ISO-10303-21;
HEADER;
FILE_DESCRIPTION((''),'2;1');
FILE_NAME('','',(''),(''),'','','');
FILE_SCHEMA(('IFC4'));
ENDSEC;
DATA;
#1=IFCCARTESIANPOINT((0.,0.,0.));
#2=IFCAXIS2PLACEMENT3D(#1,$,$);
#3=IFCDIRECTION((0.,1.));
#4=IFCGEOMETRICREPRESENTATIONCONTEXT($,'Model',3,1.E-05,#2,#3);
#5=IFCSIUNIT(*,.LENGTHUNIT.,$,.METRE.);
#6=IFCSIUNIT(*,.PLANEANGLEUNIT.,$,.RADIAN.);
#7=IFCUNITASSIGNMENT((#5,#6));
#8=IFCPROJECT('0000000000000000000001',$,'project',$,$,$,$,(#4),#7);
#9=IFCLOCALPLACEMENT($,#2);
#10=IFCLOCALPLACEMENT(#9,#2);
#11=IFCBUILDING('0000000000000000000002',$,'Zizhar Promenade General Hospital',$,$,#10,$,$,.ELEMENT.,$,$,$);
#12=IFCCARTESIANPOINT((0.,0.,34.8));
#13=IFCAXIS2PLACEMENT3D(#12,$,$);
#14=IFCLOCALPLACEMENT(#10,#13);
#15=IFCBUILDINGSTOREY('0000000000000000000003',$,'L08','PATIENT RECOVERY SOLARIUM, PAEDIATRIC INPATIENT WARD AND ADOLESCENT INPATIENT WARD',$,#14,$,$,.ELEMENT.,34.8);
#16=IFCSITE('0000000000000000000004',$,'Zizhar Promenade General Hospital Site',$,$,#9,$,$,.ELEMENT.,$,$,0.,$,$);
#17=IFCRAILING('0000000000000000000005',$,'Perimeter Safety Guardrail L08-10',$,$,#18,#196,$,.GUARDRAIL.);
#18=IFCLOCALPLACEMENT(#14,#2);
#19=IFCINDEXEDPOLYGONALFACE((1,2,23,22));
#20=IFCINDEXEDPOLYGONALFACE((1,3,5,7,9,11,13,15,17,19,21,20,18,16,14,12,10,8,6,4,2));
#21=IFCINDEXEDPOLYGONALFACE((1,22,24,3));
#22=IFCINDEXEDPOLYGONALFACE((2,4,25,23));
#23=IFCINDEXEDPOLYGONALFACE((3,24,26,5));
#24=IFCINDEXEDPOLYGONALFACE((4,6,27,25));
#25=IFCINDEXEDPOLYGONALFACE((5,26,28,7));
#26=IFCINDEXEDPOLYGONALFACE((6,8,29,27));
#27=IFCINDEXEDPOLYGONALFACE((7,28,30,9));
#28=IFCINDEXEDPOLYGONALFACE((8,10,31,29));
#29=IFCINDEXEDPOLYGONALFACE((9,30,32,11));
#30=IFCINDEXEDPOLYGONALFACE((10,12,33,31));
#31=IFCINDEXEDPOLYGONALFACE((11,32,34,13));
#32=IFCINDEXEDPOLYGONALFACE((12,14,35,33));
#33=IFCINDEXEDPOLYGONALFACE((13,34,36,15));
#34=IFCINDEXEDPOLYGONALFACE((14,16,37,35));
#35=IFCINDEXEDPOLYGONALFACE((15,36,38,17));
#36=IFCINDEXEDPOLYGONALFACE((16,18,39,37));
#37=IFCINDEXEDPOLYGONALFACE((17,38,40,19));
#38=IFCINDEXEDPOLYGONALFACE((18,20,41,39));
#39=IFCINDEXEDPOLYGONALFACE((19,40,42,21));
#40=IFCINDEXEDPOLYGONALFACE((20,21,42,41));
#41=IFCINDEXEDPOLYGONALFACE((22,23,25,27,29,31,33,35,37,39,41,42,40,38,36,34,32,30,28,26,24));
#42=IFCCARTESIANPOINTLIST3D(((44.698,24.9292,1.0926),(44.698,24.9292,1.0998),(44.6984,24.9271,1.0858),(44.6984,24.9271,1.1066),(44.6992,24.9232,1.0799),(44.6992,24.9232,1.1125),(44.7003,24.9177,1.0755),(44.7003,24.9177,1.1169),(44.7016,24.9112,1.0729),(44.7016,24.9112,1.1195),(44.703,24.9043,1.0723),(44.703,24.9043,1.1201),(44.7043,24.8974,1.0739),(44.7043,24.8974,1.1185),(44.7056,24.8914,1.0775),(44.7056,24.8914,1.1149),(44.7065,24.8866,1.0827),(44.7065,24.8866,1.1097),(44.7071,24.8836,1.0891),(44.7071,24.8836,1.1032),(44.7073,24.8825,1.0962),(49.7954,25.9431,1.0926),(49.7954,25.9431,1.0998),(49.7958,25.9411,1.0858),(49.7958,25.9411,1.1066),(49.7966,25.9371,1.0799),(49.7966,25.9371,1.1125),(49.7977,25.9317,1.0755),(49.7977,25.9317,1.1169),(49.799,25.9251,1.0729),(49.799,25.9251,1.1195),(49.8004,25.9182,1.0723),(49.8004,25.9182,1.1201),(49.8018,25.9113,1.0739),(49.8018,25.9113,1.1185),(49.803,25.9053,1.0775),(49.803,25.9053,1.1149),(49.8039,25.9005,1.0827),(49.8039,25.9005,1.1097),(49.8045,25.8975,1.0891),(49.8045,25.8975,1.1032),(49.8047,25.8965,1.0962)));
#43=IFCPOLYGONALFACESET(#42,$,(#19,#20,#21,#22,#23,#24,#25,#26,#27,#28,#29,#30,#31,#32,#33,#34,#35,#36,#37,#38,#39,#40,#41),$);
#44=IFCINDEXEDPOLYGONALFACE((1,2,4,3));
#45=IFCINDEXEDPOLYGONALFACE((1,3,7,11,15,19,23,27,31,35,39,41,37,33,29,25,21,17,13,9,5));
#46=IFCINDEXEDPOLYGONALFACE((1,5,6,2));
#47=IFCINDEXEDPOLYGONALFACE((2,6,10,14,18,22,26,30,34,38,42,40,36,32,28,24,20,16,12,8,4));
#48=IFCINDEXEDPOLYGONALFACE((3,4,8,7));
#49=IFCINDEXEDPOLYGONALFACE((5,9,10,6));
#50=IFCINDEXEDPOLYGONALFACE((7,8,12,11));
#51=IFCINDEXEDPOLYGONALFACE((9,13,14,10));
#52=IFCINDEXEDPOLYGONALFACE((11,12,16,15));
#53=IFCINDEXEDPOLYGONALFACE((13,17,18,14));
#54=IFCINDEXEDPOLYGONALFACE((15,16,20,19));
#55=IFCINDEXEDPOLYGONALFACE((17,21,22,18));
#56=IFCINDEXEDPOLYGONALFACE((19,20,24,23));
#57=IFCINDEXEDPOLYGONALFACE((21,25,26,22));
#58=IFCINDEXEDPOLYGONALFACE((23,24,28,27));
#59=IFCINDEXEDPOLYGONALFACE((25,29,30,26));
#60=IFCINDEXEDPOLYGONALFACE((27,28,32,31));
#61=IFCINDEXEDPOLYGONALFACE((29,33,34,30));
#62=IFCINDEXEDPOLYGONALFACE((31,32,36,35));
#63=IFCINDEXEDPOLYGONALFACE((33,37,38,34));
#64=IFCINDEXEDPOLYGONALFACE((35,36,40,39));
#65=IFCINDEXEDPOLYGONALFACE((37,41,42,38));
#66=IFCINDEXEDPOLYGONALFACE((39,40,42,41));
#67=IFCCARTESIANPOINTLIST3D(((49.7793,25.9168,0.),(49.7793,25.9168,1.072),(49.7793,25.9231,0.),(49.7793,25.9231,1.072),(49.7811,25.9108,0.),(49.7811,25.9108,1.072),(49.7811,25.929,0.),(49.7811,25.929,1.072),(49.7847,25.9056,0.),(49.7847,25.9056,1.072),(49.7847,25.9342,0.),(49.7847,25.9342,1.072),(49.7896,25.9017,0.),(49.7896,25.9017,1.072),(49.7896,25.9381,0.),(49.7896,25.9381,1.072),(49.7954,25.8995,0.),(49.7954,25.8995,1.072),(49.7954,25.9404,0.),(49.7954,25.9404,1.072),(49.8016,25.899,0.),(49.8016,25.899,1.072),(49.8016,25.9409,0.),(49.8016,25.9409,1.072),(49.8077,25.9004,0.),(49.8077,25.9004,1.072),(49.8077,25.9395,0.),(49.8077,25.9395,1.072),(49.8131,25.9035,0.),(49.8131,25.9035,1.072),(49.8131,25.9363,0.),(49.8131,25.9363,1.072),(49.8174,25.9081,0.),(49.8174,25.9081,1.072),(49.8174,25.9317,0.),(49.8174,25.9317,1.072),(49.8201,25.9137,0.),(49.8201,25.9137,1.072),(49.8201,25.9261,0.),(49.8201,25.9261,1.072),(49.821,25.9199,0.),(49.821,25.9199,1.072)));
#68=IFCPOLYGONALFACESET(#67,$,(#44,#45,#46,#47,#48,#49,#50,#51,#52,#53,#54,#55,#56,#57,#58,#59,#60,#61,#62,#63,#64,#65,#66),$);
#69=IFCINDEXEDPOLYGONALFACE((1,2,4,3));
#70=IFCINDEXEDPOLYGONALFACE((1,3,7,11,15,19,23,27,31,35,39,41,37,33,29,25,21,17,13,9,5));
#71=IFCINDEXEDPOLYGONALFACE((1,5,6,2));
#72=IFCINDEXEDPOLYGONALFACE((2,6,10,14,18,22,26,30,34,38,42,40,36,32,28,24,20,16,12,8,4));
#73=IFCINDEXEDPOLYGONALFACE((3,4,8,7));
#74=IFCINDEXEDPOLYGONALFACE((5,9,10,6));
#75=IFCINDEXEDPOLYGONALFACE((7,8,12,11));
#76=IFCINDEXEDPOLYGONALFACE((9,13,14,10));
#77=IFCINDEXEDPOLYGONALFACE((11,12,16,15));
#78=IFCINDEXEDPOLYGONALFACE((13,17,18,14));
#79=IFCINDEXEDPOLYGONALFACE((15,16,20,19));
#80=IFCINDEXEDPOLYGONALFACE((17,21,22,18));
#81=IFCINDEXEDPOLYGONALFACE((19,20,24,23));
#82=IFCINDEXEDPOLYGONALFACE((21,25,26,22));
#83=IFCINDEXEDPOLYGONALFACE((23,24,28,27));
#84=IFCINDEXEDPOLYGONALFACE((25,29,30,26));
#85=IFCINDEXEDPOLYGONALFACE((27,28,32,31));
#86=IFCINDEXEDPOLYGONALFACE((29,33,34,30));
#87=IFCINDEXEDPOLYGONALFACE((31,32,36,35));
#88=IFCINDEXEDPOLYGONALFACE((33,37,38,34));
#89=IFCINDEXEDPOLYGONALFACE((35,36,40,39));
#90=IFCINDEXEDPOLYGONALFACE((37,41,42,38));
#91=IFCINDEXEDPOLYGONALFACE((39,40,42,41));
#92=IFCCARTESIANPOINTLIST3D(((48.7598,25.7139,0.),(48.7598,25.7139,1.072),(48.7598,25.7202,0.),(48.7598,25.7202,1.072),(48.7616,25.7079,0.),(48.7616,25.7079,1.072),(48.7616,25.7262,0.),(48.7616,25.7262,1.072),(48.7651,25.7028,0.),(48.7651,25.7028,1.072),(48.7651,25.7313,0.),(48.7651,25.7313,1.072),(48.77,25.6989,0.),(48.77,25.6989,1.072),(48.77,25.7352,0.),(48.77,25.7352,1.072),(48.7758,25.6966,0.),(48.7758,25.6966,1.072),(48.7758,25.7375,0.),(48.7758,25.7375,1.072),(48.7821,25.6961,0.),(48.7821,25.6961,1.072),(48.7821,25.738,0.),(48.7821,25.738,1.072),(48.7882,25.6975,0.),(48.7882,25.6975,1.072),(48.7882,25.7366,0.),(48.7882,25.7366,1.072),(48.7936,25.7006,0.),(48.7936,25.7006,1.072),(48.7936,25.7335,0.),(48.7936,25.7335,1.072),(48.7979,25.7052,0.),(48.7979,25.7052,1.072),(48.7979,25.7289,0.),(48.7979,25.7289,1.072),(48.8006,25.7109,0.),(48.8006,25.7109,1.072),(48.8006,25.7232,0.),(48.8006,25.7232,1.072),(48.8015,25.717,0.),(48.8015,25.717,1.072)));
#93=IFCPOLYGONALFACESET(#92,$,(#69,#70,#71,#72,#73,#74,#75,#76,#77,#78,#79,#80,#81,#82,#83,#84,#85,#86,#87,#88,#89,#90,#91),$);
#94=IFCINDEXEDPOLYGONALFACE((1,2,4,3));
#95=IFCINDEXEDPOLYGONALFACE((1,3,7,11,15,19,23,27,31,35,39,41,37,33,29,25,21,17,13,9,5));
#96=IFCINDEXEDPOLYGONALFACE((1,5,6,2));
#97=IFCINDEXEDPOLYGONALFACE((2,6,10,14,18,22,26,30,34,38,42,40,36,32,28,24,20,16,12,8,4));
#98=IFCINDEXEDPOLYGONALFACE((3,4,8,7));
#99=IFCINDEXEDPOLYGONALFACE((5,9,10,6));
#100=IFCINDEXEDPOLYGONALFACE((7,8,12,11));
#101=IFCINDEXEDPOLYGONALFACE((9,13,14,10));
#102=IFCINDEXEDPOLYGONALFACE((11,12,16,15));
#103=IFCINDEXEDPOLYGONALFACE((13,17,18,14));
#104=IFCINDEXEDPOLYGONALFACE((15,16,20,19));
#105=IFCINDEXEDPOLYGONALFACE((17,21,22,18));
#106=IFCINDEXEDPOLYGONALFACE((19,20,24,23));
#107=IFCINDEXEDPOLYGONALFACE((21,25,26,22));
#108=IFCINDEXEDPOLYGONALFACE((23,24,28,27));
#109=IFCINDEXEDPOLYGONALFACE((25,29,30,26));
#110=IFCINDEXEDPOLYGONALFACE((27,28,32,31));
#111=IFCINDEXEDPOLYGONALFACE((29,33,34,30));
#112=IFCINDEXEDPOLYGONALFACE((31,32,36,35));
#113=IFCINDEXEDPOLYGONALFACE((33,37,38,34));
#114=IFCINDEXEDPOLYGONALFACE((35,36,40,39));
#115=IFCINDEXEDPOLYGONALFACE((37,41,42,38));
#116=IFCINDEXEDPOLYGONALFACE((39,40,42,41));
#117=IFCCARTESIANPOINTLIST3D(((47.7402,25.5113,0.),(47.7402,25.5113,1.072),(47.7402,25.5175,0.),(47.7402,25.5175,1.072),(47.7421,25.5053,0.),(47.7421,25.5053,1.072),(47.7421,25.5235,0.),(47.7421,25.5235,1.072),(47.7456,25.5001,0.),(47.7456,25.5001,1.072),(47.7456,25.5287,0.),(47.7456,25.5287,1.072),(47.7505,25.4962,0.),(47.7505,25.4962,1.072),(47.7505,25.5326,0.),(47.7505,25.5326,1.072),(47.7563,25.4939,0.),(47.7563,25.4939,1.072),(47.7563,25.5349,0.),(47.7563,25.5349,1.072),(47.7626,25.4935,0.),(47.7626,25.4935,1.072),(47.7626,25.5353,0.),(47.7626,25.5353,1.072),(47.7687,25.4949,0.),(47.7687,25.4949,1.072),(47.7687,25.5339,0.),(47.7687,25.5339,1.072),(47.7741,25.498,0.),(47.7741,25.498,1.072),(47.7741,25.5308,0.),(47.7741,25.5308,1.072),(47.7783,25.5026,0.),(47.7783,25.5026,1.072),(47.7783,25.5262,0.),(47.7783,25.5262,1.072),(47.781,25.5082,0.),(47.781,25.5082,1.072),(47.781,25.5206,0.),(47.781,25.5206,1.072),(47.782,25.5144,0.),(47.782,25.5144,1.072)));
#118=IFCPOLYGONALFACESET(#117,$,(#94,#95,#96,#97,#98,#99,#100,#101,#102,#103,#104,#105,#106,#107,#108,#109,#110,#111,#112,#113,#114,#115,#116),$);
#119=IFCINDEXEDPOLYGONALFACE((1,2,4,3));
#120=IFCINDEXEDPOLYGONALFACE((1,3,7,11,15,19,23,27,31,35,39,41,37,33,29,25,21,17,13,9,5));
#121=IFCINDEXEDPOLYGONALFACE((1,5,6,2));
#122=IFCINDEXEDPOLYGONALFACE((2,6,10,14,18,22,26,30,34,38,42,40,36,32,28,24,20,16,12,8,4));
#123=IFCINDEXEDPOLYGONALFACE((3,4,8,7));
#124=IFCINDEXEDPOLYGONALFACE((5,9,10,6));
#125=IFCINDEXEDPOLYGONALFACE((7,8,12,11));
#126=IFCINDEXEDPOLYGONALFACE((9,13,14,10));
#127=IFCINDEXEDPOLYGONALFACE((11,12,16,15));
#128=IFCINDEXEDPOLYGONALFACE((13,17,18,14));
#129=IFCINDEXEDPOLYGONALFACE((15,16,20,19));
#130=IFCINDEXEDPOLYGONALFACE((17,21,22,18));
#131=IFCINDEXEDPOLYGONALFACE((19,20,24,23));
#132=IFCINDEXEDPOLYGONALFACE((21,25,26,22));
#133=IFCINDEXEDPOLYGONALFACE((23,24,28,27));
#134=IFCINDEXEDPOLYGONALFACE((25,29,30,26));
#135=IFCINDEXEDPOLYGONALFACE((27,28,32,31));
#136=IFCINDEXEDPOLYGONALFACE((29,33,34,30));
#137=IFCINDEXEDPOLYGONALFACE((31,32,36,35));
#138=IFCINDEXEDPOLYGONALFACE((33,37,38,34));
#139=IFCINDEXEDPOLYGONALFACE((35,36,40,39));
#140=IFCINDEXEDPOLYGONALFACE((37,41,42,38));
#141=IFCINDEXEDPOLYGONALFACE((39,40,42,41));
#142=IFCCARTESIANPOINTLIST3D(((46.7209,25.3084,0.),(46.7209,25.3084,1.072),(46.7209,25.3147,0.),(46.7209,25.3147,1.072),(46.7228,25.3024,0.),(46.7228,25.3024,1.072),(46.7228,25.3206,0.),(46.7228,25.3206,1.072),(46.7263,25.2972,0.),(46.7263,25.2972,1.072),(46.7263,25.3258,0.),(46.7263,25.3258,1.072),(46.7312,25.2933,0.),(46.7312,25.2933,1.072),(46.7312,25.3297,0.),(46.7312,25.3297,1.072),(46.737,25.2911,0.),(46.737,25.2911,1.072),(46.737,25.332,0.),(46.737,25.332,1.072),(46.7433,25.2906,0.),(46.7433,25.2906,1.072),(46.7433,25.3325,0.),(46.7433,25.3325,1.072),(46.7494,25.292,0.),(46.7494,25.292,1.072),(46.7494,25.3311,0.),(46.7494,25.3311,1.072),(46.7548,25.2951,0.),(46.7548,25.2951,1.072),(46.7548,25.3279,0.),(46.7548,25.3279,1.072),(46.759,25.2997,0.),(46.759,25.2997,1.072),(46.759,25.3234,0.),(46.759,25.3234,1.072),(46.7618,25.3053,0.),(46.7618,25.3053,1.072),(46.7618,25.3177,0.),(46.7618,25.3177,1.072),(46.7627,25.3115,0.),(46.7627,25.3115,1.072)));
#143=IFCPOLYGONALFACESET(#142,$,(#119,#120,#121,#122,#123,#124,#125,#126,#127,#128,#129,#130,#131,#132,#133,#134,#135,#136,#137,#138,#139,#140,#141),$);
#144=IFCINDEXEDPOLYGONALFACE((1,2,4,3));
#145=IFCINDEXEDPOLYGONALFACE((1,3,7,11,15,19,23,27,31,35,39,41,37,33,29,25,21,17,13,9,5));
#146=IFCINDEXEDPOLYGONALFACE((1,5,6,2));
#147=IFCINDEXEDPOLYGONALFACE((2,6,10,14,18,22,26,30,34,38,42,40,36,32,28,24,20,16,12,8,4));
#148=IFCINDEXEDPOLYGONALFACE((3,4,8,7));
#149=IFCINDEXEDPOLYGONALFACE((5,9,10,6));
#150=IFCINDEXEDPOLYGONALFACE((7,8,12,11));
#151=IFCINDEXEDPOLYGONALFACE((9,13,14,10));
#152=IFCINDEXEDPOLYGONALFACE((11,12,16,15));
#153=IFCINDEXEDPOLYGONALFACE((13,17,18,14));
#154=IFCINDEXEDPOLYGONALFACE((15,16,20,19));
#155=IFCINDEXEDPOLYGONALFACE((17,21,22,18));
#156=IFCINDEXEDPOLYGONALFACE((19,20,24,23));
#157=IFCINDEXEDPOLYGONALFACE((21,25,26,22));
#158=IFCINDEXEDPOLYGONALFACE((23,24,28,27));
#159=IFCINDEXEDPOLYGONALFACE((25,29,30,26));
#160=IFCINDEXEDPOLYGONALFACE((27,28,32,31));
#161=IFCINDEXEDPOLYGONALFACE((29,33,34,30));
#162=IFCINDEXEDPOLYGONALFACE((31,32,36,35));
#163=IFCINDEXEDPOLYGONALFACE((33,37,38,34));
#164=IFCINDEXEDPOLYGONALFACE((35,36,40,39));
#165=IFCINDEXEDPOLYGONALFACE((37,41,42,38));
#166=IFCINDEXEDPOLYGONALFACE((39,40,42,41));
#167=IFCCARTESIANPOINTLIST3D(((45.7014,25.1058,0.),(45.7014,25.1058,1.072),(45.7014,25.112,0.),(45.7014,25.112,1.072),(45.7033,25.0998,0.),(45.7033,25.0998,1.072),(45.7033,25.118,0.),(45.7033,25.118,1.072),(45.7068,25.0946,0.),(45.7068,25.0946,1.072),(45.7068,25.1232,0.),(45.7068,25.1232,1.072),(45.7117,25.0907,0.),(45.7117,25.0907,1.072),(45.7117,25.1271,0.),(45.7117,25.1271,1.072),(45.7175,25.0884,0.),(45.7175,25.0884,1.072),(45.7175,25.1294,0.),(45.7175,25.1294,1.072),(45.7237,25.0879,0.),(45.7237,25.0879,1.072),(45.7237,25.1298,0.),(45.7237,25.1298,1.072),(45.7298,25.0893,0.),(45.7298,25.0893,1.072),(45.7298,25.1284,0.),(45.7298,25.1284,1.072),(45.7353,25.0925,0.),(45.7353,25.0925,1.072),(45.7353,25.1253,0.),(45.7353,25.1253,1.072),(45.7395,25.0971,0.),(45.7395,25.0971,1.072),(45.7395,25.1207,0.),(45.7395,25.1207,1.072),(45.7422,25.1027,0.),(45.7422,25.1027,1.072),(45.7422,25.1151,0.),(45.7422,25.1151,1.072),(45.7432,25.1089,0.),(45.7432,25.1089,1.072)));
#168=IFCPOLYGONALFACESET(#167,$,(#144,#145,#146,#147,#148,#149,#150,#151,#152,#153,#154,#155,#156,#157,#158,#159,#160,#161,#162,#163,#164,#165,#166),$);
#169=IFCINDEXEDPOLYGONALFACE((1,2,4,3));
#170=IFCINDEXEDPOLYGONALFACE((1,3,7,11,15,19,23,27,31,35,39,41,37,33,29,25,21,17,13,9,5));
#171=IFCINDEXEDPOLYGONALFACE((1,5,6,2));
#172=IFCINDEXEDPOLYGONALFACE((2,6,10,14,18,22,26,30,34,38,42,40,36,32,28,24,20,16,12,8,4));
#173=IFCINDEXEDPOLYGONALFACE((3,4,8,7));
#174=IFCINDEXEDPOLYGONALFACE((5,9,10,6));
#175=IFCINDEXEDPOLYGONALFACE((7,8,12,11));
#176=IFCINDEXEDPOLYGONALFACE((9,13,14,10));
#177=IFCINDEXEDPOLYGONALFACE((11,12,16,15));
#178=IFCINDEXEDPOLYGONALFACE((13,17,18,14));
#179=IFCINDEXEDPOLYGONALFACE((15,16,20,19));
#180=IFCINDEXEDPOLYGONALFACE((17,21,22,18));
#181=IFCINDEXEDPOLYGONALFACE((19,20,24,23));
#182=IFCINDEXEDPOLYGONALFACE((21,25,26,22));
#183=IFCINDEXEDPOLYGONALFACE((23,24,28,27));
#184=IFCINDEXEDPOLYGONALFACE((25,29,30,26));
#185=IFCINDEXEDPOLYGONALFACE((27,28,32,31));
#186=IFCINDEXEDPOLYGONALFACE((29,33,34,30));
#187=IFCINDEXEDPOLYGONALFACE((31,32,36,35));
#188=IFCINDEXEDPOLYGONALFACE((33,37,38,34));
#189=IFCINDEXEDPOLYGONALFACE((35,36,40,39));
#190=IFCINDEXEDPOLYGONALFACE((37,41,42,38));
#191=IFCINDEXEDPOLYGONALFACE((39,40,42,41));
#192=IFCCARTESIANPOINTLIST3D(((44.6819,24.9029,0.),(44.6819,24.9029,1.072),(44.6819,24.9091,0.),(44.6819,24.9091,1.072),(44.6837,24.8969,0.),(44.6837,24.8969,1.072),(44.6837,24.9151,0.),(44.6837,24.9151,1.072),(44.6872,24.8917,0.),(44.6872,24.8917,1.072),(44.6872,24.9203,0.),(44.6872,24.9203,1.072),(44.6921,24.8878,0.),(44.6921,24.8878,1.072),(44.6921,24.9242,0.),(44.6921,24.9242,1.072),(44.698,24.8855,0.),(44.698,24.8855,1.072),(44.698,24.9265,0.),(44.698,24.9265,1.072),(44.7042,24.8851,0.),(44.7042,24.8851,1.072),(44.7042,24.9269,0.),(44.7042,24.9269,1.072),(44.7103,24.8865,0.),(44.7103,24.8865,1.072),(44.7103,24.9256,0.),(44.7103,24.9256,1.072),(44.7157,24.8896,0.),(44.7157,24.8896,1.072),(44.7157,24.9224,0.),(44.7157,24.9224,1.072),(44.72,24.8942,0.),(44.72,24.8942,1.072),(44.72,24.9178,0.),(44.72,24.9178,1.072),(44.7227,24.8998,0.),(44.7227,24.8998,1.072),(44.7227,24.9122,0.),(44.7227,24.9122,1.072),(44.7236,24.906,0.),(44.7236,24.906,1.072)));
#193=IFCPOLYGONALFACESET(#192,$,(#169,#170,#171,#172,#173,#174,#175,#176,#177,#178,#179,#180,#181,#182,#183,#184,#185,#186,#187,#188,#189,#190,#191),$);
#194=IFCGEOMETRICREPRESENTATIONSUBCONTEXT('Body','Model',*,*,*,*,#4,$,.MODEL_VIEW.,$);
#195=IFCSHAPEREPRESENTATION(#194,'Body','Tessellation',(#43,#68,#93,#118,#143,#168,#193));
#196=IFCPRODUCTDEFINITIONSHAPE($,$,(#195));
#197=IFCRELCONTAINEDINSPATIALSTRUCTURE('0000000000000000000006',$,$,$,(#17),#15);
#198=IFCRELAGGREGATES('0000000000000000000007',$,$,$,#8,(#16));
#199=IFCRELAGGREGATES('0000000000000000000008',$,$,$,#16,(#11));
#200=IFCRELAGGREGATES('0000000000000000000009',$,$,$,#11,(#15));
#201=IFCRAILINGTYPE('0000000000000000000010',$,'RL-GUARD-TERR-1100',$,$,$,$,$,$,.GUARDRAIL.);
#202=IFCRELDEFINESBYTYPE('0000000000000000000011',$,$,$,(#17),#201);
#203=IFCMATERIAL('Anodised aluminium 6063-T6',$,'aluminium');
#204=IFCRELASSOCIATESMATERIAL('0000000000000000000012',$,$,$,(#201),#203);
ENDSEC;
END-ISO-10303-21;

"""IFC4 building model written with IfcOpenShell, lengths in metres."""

from ifc_helpers import new_model, si_unit, direction, frame, origin, origin_2d, place, context, subcontext, project, spatial, circle, hollow_circle, extrude, material, material_profile, profile_set, type_object, element, save


model = new_model("IFC4")

# Units and contexts
model_context = context("Model", 3, precision=1e-05, world=origin(), true_north=direction((0.0, 1.0)))
body_context = subcontext(model_context, "Body", "Model", "MODEL_VIEW")
ifc_project = project(units=[si_unit("LENGTHUNIT", "METRE"), si_unit("PLANEANGLEUNIT", "RADIAN")], contexts=[model_context])

# Site, building, storey
site_placement = place(None, origin())
site = spatial("IfcSite", under=ifc_project, at=site_placement, Name="Zizhar Promenade General Hospital Site", CompositionType="ELEMENT", RefElevation=0.0)
building_placement = place(site_placement, origin())
building = spatial("IfcBuilding", under=site, at=building_placement, Name="Zizhar Promenade General Hospital", CompositionType="ELEMENT")
storey_placement = place(building_placement, frame((0.0, 0.0, 34.8)))
storey = spatial("IfcBuildingStorey", under=building, at=storey_placement, Name="L08", Description="PATIENT RECOVERY SOLARIUM, PAEDIATRIC INPATIENT WARD AND ADOLESCENT INPATIENT WARD", CompositionType="ELEMENT", Elevation=34.8)

# Railing
ifc_material_1 = material(Name="Anodised aluminium 6063-T6", Category="aluminium")
ifc_material_profile_1 = material_profile(ifc_material_1, hollow_circle(Radius=0.0698, WallThickness=0.0063, at=origin_2d()))
ifc_profile_set_1 = profile_set([ifc_material_profile_1], Name="Anodised aluminium 6063-T6")
railing_type = type_object("IfcRailingType", Name="RL-GUARD-TERR-1100", PredefinedType="GUARDRAIL", material=ifc_profile_set_1)
railing_1_placement = place(storey_placement, frame((49.8, 25.9199, 0.0)))
element("IfcRailing", 1, at=railing_1_placement, inside=storey, type_object=railing_type, Name="Perimeter Safety Guardrail L08-10", PredefinedType="GUARDRAIL", context=body_context, shape_type="SweptSolid", body=[
    extrude(circle(Radius=0.0239, at=origin_2d()), frame((0.0, 0.0, 1.0962), z_axis=(-0.980786, -0.195086, 0.0), x_axis=(0.195086, -0.980786, 0.0)), (0.0, 0.0, 1.0), 5.1973),
    extrude(circle(Radius=0.021, at=origin_2d()), origin(), (0.0, 0.0, 1.0), 1.072),
    extrude(circle(Radius=0.021, at=origin_2d()), frame((-1.0195, -0.2029, 0.0)), (0.0, 0.0, 1.0), 1.072),
    extrude(circle(Radius=0.021, at=origin_2d()), frame((-2.0391, -0.4055, 0.0)), (0.0, 0.0, 1.0), 1.072),
    extrude(circle(Radius=0.021, at=origin_2d()), frame((-3.0583, -0.6084, 0.0)), (0.0, 0.0, 1.0), 1.072),
    extrude(circle(Radius=0.021, at=origin_2d()), frame((-4.0779, -0.811, 0.0)), (0.0, 0.0, 1.0), 1.072),
    extrude(circle(Radius=0.021, at=origin_2d()), frame((-5.0974, -1.0139, 0.0)), (0.0, 0.0, 1.0), 1.072),
])

save(model, "model.ifc")
